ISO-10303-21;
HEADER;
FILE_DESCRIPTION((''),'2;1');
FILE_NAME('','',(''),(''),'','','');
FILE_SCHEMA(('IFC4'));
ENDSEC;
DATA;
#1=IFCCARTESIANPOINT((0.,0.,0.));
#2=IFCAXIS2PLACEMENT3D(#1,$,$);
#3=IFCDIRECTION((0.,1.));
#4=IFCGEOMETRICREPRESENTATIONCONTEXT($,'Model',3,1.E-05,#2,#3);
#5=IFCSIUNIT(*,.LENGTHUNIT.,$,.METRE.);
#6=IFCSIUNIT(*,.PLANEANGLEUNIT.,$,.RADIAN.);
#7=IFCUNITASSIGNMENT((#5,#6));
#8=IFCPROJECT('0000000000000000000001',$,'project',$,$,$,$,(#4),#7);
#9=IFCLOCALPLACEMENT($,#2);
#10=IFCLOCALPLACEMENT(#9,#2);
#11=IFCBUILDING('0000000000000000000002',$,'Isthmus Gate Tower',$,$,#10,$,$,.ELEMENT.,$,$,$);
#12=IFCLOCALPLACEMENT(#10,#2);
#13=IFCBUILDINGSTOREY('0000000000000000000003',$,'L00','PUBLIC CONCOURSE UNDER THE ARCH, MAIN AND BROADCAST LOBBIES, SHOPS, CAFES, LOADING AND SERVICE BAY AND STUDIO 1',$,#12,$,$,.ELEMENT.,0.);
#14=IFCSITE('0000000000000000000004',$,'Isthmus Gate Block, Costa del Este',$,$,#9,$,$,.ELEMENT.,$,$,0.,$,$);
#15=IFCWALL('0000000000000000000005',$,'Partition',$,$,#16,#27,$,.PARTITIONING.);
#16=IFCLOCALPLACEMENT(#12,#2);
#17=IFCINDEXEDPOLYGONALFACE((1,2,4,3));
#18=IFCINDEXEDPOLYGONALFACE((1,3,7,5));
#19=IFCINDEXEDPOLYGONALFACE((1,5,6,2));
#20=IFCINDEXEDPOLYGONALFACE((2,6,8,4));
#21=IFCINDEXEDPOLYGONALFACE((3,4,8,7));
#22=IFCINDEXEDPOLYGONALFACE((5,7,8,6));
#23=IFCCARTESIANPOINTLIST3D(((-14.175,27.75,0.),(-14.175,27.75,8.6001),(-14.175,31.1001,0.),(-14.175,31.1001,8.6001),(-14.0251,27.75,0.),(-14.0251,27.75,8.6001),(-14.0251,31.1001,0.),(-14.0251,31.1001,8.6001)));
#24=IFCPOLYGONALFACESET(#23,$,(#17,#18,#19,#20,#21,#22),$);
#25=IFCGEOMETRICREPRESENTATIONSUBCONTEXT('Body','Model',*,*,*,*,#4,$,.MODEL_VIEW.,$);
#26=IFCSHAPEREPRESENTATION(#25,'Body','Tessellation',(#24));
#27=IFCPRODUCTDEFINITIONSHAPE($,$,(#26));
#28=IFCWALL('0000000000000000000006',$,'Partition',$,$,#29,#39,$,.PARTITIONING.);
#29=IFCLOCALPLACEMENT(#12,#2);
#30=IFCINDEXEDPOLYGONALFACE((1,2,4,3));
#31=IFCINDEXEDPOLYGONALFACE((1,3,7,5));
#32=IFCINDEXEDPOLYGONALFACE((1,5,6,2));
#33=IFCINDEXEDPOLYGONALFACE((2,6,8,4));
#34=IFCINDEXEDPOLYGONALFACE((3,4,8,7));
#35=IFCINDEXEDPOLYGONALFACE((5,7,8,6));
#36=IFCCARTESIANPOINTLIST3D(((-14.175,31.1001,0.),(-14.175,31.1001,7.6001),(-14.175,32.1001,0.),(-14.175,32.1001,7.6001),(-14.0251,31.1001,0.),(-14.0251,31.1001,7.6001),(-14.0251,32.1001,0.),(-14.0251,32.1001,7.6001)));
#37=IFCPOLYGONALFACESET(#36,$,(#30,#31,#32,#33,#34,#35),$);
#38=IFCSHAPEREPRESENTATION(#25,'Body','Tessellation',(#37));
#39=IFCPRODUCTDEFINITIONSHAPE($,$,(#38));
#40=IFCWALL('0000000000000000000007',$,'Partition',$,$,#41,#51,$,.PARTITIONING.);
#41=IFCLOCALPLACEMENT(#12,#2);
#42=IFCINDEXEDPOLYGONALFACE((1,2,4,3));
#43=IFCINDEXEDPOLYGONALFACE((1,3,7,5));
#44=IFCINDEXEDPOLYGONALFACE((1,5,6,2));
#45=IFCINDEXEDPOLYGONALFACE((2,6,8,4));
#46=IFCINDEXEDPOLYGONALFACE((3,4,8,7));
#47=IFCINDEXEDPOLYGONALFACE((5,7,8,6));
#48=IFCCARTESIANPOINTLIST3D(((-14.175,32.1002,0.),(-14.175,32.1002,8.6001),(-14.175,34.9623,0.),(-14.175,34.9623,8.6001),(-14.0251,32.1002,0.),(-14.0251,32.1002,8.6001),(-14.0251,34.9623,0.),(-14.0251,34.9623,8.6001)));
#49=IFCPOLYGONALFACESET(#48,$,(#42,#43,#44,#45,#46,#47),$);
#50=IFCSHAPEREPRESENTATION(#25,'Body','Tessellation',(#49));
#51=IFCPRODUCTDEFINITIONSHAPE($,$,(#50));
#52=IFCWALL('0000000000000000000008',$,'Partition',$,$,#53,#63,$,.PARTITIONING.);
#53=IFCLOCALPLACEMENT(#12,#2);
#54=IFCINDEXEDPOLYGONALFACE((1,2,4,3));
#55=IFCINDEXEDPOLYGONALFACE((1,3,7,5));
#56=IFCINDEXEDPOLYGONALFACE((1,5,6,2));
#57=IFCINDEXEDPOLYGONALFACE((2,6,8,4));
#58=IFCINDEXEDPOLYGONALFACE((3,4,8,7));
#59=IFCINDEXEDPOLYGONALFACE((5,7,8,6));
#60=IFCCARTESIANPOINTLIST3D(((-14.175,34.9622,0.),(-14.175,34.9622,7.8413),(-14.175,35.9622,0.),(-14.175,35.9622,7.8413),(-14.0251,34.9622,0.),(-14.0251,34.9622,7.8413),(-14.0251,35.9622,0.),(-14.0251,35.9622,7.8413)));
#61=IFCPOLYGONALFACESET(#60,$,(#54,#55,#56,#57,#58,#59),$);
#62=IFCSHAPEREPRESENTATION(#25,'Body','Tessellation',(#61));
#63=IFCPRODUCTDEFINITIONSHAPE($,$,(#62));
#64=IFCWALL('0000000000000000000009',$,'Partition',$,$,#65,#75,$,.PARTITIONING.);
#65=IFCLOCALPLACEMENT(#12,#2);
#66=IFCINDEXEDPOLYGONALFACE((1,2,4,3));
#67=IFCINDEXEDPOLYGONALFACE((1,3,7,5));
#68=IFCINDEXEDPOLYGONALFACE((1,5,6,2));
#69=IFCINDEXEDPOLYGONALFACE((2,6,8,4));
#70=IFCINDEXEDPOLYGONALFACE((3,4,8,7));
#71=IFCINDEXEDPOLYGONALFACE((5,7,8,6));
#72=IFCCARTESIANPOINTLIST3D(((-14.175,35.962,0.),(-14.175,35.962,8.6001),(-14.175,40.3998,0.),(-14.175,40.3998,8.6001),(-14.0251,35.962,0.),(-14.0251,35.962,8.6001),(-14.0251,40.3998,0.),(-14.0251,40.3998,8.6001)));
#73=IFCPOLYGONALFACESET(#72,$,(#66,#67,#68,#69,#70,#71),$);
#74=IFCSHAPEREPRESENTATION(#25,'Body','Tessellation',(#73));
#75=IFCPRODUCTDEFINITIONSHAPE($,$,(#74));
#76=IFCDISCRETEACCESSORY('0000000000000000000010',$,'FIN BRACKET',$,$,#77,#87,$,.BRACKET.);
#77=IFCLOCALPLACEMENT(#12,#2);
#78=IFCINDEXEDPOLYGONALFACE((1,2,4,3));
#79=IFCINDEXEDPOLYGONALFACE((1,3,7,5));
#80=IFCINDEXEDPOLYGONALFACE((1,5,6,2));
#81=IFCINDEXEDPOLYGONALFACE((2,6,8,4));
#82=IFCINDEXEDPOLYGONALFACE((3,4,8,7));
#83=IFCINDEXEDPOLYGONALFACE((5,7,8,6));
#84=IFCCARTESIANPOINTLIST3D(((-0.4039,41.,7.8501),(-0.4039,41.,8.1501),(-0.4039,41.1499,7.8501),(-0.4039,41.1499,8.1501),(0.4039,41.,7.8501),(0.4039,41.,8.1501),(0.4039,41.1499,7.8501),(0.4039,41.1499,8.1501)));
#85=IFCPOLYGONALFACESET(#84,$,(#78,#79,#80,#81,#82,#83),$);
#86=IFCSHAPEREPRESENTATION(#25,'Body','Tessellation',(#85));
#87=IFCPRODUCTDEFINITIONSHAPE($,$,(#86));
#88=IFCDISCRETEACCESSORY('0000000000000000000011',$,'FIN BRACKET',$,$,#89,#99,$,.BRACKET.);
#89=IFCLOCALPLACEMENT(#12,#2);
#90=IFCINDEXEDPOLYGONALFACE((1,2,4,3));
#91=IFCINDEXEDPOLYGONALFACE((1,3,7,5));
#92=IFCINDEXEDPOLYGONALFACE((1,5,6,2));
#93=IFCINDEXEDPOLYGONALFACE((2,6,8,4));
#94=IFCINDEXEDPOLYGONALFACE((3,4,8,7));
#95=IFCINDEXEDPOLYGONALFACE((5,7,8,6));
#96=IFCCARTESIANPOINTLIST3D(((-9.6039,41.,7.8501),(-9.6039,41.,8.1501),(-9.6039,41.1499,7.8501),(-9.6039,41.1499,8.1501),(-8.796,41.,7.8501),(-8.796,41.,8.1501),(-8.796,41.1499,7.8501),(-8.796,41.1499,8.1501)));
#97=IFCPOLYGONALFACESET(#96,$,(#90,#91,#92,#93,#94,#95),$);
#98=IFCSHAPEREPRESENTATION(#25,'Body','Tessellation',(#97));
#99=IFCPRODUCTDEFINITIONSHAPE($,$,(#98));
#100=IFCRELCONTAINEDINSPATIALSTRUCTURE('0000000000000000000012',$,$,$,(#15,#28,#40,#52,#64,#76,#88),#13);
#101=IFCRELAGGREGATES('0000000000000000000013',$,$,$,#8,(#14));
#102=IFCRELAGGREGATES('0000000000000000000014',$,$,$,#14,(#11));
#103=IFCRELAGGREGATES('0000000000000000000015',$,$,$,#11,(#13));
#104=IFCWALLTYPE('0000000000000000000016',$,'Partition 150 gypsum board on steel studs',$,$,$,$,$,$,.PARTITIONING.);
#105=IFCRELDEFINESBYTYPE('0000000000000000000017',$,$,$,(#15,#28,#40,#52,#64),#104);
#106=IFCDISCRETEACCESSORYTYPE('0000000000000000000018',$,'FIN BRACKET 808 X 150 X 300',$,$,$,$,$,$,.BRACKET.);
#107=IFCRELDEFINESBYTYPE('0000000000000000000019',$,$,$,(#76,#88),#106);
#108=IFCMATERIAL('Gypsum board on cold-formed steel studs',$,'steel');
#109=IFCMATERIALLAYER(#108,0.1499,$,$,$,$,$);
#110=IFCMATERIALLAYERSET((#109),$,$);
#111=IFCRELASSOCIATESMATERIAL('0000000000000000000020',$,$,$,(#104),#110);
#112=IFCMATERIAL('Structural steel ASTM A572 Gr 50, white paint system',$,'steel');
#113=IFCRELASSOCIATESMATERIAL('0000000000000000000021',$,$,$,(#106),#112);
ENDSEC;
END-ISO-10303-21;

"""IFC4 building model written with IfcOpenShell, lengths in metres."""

from ifc_helpers import new_model, si_unit, direction, frame, frame_2d, origin, origin_2d, place, context, subcontext, project, spatial, rectangle, extrude, material, layer, layer_set, type_object, element, save


model = new_model("IFC4")

# Units and contexts
model_context = context("Model", 3, precision=1e-05, world=origin(), true_north=direction((0.0, 1.0)))
body_context = subcontext(model_context, "Body", "Model", "MODEL_VIEW")
ifc_project = project(units=[si_unit("LENGTHUNIT", "METRE"), si_unit("PLANEANGLEUNIT", "RADIAN")], contexts=[model_context])

# Site, building, storey
site_placement = place(None, origin())
site = spatial("IfcSite", under=ifc_project, at=site_placement, Name="Isthmus Gate Block, Costa del Este", CompositionType="ELEMENT", RefElevation=0.0)
building_placement = place(site_placement, origin())
building = spatial("IfcBuilding", under=site, at=building_placement, Name="Isthmus Gate Tower", CompositionType="ELEMENT")
storey_placement = place(building_placement, origin())
storey = spatial("IfcBuildingStorey", under=building, at=storey_placement, Name="L00", Description="PUBLIC CONCOURSE UNDER THE ARCH, MAIN AND BROADCAST LOBBIES, SHOPS, CAFES, LOADING AND SERVICE BAY AND STUDIO 1", CompositionType="ELEMENT", Elevation=0.0)

# Walls
ifc_material_1 = material(Name="Gypsum board on cold-formed steel studs", Category="steel")
ifc_layer_1 = layer(ifc_material_1, 0.1499)
ifc_layer_set_1 = layer_set([ifc_layer_1])
wall_type_1 = type_object("IfcWallType", Name="Partition 150 gypsum board on steel studs", PredefinedType="PARTITIONING", material=ifc_layer_set_1)
wall_1_placement = place(storey_placement, frame((-14.1001, 27.75, 0.0), z_axis=(0.0, 0.0, 1.0), x_axis=(0.0, 1.0, 0.0)))
element("IfcWall", 1, at=wall_1_placement, inside=storey, type_object=wall_type_1, Name="Partition", PredefinedType="PARTITIONING", context=body_context, shape_type="SweptSolid", body=[
    extrude(rectangle(XDim=3.3501, YDim=0.1499, at=frame_2d((1.675, 0.0))), origin(), (0.0, 0.0, 1.0), 8.6001),
])
wall_2_placement = place(storey_placement, frame((-14.1001, 31.1001, 0.0), z_axis=(0.0, 0.0, 1.0), x_axis=(0.0, 1.0, 0.0)))
element("IfcWall", 2, at=wall_2_placement, inside=storey, type_object=wall_type_1, Name="Partition", PredefinedType="PARTITIONING", context=body_context, shape_type="SweptSolid", body=[
    extrude(rectangle(XDim=1.0, YDim=0.1499, at=frame_2d((0.5, 0.0))), origin(), (0.0, 0.0, 1.0), 7.6001),
])
wall_3_placement = place(storey_placement, frame((-14.1001, 32.1001, 0.0), z_axis=(0.0, 0.0, 1.0), x_axis=(0.0, 1.0, 0.0)))
element("IfcWall", 3, at=wall_3_placement, inside=storey, type_object=wall_type_1, Name="Partition", PredefinedType="PARTITIONING", context=body_context, shape_type="SweptSolid", body=[
    extrude(rectangle(XDim=2.8621, YDim=0.1499, at=frame_2d((1.4312, 0.0))), origin(), (0.0, 0.0, 1.0), 8.6001),
])
wall_4_placement = place(storey_placement, frame((-14.1001, 34.9622, 0.0), z_axis=(0.0, 0.0, 1.0), x_axis=(0.0, 1.0, 0.0)))
element("IfcWall", 4, at=wall_4_placement, inside=storey, type_object=wall_type_1, Name="Partition", PredefinedType="PARTITIONING", context=body_context, shape_type="SweptSolid", body=[
    extrude(rectangle(XDim=1.0, YDim=0.1499, at=frame_2d((0.5, 0.0))), origin(), (0.0, 0.0, 1.0), 7.8413),
])
wall_5_placement = place(storey_placement, frame((-14.1001, 35.9622, 0.0), z_axis=(0.0, 0.0, 1.0), x_axis=(0.0, 1.0, 0.0)))
element("IfcWall", 5, at=wall_5_placement, inside=storey, type_object=wall_type_1, Name="Partition", PredefinedType="PARTITIONING", context=body_context, shape_type="SweptSolid", body=[
    extrude(rectangle(XDim=4.4377, YDim=0.1499, at=frame_2d((2.2188, 0.0))), origin(), (0.0, 0.0, 1.0), 8.6001),
])

# Discrete accessories
ifc_material_2 = material(Name="Structural steel ASTM A572 Gr 50, white paint system", Category="steel")
discrete_accessory_type = type_object("IfcDiscreteAccessoryType", Name="FIN BRACKET 808 X 150 X 300", PredefinedType="BRACKET", material=ifc_material_2)
for number, where, z_axis, x_axis, name in (
    (6, (0.0, 41.075, 7.8501), (0.0, 0.0, 1.0), (0.0, 1.0, 0.0), "FIN BRACKET"),
    (7, (-9.2, 41.075, 7.8501), (0.0, 0.0, 1.0), (0.0, 1.0, 0.0), "FIN BRACKET"),
):
    element("IfcDiscreteAccessory", number, at=place(storey_placement, frame(where, z_axis=z_axis, x_axis=x_axis)), inside=storey, type_object=discrete_accessory_type, Name=name, PredefinedType="BRACKET", context=body_context, shape_type="SweptSolid", body=[
        extrude(rectangle(XDim=0.1499, YDim=0.8079, at=origin_2d()), origin(), (0.0, 0.0, 1.0), 0.3),
    ])

save(model, "model.ifc")
